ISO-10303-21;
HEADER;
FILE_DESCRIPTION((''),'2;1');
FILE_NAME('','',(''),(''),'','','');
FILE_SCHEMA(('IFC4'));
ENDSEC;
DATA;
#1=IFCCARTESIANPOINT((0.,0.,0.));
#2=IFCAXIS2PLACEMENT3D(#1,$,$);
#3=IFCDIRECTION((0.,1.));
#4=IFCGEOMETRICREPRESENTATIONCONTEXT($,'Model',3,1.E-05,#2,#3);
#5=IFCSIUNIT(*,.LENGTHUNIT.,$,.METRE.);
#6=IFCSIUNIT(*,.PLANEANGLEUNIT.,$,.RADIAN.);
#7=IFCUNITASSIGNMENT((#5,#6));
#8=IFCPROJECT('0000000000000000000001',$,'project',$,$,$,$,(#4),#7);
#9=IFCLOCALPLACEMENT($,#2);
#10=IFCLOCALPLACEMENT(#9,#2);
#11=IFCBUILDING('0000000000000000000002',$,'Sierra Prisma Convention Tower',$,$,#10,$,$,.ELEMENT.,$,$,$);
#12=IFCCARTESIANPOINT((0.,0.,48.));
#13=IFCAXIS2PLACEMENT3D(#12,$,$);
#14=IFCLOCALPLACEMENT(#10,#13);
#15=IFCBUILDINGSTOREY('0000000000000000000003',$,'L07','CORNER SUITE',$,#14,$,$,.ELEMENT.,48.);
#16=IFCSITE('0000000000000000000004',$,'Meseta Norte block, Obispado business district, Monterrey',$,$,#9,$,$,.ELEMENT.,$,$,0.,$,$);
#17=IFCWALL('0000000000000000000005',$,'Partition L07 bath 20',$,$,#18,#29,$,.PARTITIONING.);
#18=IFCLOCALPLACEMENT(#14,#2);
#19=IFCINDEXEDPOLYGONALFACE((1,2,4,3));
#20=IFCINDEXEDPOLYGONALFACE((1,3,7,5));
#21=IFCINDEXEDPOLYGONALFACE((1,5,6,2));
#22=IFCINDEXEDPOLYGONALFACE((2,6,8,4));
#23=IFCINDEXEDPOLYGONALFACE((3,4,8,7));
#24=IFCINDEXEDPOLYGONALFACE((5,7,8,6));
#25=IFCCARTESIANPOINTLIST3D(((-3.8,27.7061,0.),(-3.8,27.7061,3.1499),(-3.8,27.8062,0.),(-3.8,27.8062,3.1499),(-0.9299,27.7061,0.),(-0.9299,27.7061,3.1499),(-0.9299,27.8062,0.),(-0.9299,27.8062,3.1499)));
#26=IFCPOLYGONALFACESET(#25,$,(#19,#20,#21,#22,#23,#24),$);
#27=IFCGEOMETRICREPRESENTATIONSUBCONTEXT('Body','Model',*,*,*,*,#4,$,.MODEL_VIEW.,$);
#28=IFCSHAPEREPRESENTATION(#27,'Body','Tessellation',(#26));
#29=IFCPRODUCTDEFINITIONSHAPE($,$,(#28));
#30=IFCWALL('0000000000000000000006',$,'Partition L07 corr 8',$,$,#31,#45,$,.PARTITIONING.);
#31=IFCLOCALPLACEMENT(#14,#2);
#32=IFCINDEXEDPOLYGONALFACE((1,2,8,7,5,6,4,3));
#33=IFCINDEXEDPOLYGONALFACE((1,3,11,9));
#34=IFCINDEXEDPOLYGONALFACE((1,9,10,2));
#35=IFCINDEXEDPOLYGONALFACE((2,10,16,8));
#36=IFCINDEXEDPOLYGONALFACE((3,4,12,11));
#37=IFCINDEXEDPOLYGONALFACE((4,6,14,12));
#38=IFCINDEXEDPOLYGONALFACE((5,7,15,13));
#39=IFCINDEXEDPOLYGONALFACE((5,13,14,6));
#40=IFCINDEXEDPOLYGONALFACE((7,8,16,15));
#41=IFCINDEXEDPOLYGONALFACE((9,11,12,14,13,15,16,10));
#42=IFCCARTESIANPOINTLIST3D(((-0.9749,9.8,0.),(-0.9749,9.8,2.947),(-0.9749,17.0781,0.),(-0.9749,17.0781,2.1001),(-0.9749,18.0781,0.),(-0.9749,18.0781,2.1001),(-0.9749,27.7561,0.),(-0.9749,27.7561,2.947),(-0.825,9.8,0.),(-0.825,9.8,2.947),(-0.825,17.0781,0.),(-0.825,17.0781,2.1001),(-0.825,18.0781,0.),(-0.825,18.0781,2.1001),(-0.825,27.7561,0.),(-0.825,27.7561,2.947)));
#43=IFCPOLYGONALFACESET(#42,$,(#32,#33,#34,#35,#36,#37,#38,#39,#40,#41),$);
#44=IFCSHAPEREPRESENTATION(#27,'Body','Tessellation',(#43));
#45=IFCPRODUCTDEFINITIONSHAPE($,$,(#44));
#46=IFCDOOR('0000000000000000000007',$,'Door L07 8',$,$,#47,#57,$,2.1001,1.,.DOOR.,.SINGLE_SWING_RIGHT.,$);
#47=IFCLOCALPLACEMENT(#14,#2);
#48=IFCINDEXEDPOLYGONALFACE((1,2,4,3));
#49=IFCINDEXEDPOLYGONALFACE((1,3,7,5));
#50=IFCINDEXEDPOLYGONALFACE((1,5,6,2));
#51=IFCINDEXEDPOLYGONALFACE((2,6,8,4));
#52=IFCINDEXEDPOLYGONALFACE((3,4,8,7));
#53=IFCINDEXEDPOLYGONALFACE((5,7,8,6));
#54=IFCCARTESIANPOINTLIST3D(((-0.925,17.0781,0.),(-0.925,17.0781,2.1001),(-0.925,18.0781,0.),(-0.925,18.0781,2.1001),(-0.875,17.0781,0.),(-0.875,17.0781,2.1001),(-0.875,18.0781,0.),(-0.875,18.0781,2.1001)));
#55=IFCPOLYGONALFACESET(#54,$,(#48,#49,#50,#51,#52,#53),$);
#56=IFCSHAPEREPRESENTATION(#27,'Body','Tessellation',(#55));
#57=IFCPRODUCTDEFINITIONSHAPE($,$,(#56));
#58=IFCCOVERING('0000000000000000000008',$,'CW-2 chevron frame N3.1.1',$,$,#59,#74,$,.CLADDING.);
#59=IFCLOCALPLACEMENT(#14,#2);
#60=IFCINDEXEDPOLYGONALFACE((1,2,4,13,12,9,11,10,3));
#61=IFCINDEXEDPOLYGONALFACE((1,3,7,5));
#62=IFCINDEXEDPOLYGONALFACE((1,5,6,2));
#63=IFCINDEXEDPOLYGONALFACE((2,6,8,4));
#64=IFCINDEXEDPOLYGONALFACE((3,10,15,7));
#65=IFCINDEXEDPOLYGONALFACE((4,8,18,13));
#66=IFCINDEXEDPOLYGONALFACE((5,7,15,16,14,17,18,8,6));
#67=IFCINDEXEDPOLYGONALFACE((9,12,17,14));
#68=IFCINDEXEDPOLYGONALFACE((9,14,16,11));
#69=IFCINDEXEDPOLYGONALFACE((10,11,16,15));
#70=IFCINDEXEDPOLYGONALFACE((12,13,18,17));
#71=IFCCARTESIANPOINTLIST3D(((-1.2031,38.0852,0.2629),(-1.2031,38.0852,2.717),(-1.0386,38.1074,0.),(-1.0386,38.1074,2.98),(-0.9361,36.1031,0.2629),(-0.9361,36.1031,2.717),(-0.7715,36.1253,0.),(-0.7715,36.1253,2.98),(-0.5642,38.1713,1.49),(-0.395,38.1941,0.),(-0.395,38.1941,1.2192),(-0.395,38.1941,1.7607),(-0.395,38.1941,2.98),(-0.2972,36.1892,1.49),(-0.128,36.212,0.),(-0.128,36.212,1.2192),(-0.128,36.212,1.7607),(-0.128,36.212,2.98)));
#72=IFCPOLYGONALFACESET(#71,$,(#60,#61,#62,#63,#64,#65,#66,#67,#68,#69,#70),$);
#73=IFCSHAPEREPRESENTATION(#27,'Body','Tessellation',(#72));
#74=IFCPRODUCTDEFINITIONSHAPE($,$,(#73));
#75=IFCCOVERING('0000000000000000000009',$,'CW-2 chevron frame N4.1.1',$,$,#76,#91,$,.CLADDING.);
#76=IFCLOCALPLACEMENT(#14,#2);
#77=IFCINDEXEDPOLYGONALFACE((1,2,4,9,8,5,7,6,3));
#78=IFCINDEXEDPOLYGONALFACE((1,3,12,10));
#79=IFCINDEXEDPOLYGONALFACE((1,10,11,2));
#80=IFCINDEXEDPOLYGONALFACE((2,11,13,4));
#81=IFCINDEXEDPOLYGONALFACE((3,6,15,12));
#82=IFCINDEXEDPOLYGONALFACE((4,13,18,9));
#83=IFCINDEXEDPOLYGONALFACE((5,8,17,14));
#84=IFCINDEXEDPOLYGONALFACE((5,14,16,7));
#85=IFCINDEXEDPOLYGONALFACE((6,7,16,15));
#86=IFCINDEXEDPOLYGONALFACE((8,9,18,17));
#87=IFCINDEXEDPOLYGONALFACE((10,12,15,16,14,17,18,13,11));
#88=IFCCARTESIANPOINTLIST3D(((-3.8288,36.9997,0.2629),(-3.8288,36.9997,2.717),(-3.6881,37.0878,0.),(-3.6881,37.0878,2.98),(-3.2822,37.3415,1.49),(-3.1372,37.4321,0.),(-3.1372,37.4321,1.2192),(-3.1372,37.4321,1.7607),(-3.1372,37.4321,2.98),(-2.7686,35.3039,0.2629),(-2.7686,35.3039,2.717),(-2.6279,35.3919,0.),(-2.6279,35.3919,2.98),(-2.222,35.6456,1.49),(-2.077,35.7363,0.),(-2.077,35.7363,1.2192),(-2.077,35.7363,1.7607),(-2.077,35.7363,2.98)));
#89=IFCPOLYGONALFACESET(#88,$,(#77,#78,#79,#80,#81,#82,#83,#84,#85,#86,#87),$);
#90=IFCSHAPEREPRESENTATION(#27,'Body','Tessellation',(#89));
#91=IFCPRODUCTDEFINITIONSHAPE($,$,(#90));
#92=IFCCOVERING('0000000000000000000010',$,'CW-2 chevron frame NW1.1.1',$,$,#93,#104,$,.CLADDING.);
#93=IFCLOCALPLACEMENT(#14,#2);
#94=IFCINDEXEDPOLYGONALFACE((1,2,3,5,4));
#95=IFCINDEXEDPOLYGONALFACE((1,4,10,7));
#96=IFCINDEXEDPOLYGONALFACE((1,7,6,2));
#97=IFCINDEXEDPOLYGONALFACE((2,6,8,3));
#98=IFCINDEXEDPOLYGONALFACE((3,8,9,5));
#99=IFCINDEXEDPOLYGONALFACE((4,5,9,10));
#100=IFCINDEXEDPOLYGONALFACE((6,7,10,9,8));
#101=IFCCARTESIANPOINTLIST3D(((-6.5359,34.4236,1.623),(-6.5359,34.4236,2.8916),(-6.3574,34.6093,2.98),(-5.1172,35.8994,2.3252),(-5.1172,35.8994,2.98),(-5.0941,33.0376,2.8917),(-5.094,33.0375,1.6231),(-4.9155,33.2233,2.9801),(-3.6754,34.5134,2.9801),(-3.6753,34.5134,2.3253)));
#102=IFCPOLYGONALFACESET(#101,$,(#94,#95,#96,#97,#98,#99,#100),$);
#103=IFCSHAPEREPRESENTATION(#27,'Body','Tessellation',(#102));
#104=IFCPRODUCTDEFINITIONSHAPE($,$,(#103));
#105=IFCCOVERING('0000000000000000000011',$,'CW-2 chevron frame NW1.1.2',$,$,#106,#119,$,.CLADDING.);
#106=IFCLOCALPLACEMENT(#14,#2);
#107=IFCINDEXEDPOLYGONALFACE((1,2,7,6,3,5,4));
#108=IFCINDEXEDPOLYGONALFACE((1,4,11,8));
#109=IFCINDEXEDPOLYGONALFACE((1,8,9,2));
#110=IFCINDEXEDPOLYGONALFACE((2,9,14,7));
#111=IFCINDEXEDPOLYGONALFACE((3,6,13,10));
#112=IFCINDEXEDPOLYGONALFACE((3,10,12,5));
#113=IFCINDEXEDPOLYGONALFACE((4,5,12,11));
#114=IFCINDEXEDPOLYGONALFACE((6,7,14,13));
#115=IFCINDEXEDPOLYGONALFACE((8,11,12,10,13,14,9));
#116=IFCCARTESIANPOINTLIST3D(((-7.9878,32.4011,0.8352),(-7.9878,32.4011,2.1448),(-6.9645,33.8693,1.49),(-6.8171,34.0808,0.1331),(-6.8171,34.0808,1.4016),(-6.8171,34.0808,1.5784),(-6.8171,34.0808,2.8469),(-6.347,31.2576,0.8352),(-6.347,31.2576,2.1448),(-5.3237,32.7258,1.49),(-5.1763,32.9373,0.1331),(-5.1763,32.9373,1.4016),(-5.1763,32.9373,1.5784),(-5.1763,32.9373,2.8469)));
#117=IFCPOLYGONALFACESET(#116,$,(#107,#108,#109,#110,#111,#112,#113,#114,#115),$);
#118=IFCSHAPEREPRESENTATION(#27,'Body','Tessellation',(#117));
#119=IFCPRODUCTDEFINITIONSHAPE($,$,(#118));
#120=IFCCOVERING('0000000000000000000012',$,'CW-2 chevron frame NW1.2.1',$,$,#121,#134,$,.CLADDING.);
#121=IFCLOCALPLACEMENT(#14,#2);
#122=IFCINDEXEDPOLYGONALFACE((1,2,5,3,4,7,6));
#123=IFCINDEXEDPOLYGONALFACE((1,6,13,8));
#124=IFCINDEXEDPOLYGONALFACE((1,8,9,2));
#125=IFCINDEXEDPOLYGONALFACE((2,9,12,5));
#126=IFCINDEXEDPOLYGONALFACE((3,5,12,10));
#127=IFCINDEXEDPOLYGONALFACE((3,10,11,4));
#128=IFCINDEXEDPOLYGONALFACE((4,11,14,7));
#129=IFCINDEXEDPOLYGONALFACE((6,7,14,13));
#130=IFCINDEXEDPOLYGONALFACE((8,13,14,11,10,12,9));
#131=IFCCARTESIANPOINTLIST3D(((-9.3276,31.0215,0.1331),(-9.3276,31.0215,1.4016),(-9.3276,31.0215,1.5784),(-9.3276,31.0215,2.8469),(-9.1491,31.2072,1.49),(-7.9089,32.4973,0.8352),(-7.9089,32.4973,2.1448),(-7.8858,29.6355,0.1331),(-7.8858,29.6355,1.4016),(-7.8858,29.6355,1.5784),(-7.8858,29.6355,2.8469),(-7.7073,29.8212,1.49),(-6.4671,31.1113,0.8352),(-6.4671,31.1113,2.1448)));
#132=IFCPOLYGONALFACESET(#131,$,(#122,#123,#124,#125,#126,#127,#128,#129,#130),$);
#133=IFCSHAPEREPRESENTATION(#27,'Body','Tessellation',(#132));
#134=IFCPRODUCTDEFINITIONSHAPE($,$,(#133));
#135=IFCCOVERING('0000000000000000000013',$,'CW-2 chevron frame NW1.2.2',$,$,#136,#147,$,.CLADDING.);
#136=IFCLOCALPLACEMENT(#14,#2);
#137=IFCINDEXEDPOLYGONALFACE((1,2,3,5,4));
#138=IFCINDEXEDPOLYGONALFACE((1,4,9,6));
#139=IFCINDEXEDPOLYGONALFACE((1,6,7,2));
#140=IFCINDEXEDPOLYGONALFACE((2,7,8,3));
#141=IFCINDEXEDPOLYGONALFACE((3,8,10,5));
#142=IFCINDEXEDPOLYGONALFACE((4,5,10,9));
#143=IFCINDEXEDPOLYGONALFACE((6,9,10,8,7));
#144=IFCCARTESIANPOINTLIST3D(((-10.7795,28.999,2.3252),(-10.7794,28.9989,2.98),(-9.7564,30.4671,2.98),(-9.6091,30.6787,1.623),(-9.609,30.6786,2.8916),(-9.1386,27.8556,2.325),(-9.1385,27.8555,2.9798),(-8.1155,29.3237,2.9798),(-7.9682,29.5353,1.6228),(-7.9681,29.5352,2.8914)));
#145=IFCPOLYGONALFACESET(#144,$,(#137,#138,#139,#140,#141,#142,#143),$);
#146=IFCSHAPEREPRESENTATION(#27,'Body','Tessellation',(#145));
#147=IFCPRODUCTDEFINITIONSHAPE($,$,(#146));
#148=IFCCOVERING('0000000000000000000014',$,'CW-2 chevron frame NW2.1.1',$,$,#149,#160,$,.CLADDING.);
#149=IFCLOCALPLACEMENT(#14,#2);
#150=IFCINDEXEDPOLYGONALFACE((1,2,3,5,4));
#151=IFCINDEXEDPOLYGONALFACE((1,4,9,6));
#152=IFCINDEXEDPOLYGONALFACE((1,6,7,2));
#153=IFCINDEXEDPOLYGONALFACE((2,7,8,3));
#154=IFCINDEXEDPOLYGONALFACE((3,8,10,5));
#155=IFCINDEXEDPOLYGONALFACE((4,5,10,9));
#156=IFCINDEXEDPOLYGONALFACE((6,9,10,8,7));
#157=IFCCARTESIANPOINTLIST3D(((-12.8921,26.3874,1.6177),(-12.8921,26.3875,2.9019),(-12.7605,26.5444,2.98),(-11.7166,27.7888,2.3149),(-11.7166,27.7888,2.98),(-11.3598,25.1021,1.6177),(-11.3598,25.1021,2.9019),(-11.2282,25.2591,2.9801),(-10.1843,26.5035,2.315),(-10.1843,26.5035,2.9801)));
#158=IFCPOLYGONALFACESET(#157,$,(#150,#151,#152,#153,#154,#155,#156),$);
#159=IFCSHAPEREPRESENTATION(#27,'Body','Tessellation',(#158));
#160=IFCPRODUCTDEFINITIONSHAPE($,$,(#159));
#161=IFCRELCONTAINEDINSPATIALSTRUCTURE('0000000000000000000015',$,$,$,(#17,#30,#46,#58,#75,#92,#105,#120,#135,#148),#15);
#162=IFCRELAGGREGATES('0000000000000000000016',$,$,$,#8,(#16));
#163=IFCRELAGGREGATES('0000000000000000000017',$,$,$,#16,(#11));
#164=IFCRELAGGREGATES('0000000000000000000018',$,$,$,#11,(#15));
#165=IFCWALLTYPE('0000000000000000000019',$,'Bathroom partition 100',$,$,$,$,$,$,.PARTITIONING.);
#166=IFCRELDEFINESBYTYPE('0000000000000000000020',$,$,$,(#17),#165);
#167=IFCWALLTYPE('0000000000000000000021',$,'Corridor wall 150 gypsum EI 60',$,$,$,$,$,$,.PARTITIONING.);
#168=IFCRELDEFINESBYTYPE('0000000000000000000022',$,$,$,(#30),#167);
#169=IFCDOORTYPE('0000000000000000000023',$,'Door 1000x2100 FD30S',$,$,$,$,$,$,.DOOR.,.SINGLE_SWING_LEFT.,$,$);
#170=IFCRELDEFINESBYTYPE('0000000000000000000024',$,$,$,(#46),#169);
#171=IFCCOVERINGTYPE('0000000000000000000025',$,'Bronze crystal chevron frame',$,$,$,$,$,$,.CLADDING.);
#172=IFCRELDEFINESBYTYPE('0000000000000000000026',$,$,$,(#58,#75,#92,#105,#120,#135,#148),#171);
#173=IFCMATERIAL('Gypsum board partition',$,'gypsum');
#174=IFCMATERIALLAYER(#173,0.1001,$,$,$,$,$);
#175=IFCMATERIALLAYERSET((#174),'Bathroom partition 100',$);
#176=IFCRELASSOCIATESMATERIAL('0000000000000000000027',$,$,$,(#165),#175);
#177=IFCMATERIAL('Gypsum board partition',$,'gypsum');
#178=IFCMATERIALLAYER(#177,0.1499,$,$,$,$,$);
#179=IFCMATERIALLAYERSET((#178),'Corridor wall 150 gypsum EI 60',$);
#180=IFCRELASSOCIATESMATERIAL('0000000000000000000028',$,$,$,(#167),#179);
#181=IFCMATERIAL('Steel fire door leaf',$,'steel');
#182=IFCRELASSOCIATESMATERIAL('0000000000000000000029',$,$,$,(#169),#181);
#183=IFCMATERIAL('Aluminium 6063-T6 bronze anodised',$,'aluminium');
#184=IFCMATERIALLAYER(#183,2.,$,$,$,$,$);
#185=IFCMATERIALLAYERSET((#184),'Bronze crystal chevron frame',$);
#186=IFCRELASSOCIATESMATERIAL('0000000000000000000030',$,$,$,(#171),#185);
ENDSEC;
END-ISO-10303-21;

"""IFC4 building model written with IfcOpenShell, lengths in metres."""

from ifc_helpers import new_model, si_unit, direction, frame, frame_2d, origin, place, context, subcontext, project, spatial, polyline, rectangle, outline, extrude, material, layer, layer_set, type_object, element, fill, save


model = new_model("IFC4")

# Units and contexts
model_context = context("Model", 3, precision=1e-05, world=origin(), true_north=direction((0.0, 1.0)))
body_context = subcontext(model_context, "Body", "Model", "MODEL_VIEW")
ifc_project = project(units=[si_unit("LENGTHUNIT", "METRE"), si_unit("PLANEANGLEUNIT", "RADIAN")], contexts=[model_context])

# Site, building, storey
site_placement = place(None, origin())
site = spatial("IfcSite", under=ifc_project, at=site_placement, Name="Meseta Norte block, Obispado business district, Monterrey", CompositionType="ELEMENT", RefElevation=0.0)
building_placement = place(site_placement, origin())
building = spatial("IfcBuilding", under=site, at=building_placement, Name="Sierra Prisma Convention Tower", CompositionType="ELEMENT")
storey_placement = place(building_placement, frame((0.0, 0.0, 48.0)))
storey = spatial("IfcBuildingStorey", under=building, at=storey_placement, Name="L07", Description="CORNER SUITE", CompositionType="ELEMENT", Elevation=48.0)

# Wall
ifc_material_1 = material(Name="Gypsum board partition", Category="gypsum")
ifc_layer_1 = layer(ifc_material_1, 0.1001)
ifc_layer_set_1 = layer_set([ifc_layer_1], Name="Bathroom partition 100")
wall_type_1 = type_object("IfcWallType", Name="Bathroom partition 100", PredefinedType="PARTITIONING", material=ifc_layer_set_1)
wall_1_placement = place(storey_placement, frame((-3.8, 27.7561, 0.0), z_axis=(0.0, 0.0, 1.0), x_axis=(1.0, 0.0, 0.0)))
element("IfcWall", 1, at=wall_1_placement, inside=storey, type_object=wall_type_1, Name="Partition L07 bath 20", PredefinedType="PARTITIONING", context=body_context, shape_type="SweptSolid", body=[
    extrude(rectangle(XDim=2.8701, YDim=0.1001, at=frame_2d((1.4351, 0.0))), origin(), (0.0, 0.0, 1.0), 3.1499),
])

# Wall, opening, door
ifc_material_2 = material(Name="Gypsum board partition", Category="gypsum")
ifc_layer_2 = layer(ifc_material_2, 0.1499)
ifc_layer_set_2 = layer_set([ifc_layer_2], Name="Corridor wall 150 gypsum EI 60")
wall_type_2 = type_object("IfcWallType", Name="Corridor wall 150 gypsum EI 60", PredefinedType="PARTITIONING", material=ifc_layer_set_2)
wall_2_placement = place(storey_placement, frame((-0.8999, 27.7561, 0.0), z_axis=(0.0, 0.0, 1.0), x_axis=(0.0, -1.0, 0.0)))
wall_2 = element("IfcWall", 2, at=wall_2_placement, inside=storey, type_object=wall_type_2, Name="Partition L07 corr 8", PredefinedType="PARTITIONING", context=body_context, shape_type="SweptSolid", body=[
    extrude(rectangle(XDim=17.9561, YDim=0.1499, at=frame_2d((8.978, 0.0))), origin(), (0.0, 0.0, 1.0), 2.947),
])
opening_placement = place(wall_2_placement, frame((9.678, 0.0, 0.0)))
opening = element("IfcOpeningElement", 3, at=opening_placement, cuts=wall_2, PredefinedType="OPENING", context=body_context, shape_type="SweptSolid", body=[
    extrude(rectangle(XDim=1.0, YDim=2.1001, at=frame_2d((0.5, 1.05))), frame((0.0, 0.075, 0.0), z_axis=(0.0, -1.0, 0.0), x_axis=(1.0, 0.0, 0.0)), (0.0, 0.0, 1.0), 0.1499),
])
ifc_material_3 = material(Name="Steel fire door leaf", Category="steel")
door_type = type_object("IfcDoorType", Name="Door 1000x2100 FD30S", OperationType="SINGLE_SWING_LEFT", PredefinedType="DOOR", material=ifc_material_3)
door_placement = place(opening_placement, origin())
door = element("IfcDoor", 4, at=door_placement, inside=storey, type_object=door_type, Name="Door L07 8", OperationType="SINGLE_SWING_RIGHT", OverallHeight=2.1001, OverallWidth=1.0, PredefinedType="DOOR", context=body_context, shape_type="SweptSolid", body=[
    extrude(rectangle(XDim=1.0, YDim=2.1001, at=frame_2d((0.5, 1.05))), frame((0.0, 0.0249, 0.0), z_axis=(0.0, -1.0, 0.0), x_axis=(1.0, 0.0, 0.0)), (0.0, 0.0, 1.0), 0.05),
])
fill(opening, door)

# Coverings
ifc_material_4 = material(Name="Aluminium 6063-T6 bronze anodised", Category="aluminium")
ifc_layer_3 = layer(ifc_material_4, 2.0)
ifc_layer_set_3 = layer_set([ifc_layer_3], Name="Bronze crystal chevron frame")
covering_type = type_object("IfcCoveringType", Name="Bronze crystal chevron frame", PredefinedType="CLADDING", material=ifc_layer_set_3)
covering_1_placement = place(storey_placement, frame((-0.395, 38.1941, 0.0), z_axis=(-0.133514, 0.991047, 0.0), x_axis=(-0.991047, -0.133514, 0.0)))
element("IfcCovering", 5, at=covering_1_placement, inside=storey, type_object=covering_type, Name="CW-2 chevron frame N3.1.1", PredefinedType="CLADDING", context=body_context, shape_type="SweptSolid", body=[
    extrude(outline(polyline([(0.0, 0.0), (0.6494, 0.0), (0.8154, 0.2629), (0.8154, 2.717), (0.6494, 2.98), (0.0, 2.98), (0.0, 1.7607), (0.1707, 1.49), (0.0, 1.2192), (0.0, 0.0)])), origin(), (0.0, 0.0, -1.0), 2.0),
])
covering_2_placement = place(storey_placement, frame((-3.1372, 37.4321, 0.0), z_axis=(-0.5301, 0.847935, 0.0), x_axis=(-0.847935, -0.5301, 0.0)))
element("IfcCovering", 6, at=covering_2_placement, inside=storey, type_object=covering_type, Name="CW-2 chevron frame N4.1.1", PredefinedType="CLADDING", context=body_context, shape_type="SweptSolid", body=[
    extrude(outline(polyline([(0.0, 0.0), (0.6496, 0.0), (0.8157, 0.2629), (0.8157, 2.717), (0.6496, 2.98), (0.0, 2.98), (0.0, 1.7607), (0.171, 1.49), (0.0, 1.2192), (0.0, 0.0)])), origin(), (0.0, 0.0, -1.0), 2.0),
])
covering_3_placement = place(storey_placement, frame((-5.1172, 35.8994, 2.3252), z_axis=(-0.720921, 0.693017, -0.000048), x_axis=(-0.655519, -0.681935, -0.324437)))
element("IfcCovering", 7, at=covering_3_placement, inside=storey, type_object=covering_type, Name="CW-2 chevron frame NW1.1.1", PredefinedType="CLADDING", context=body_context, shape_type="SweptSolid", body=[
    extrude(outline(polyline([(0.0, 0.0), (2.1642, 0.0), (1.7526, 1.1999), (1.4803, 1.2), (-0.2124, 0.6194), (0.0, 0.0)])), origin(), (0.0, 0.0, -1.0), 2.0),
])
covering_4_placement = place(storey_placement, frame((-6.8171, 34.0808, 1.4016), z_axis=(-0.820408, 0.571779, 0.0), x_axis=(0.0, 0.0, -1.0)))
element("IfcCovering", 8, at=covering_4_placement, inside=storey, type_object=covering_type, Name="CW-2 chevron frame NW1.1.2", PredefinedType="CLADDING", context=body_context, shape_type="SweptSolid", body=[
    extrude(outline(polyline([(0.0, 0.0), (1.2686, 0.0), (0.5664, 2.0474), (-0.7432, 2.0474), (-1.4453, 0.0), (-0.1768, 0.0), (-0.0884, 0.2578), (0.0, 0.0)])), origin(), (0.0, 0.0, -1.0), 2.0),
])
covering_5_placement = place(storey_placement, frame((-7.9089, 32.4973, 0.8352), z_axis=(-0.720921, 0.693017, 0.0), x_axis=(-0.65553, -0.681925, -0.324437)))
element("IfcCovering", 9, at=covering_5_placement, inside=storey, type_object=covering_type, Name="CW-2 chevron frame NW1.2.1", PredefinedType="CLADDING", context=body_context, shape_type="SweptSolid", body=[
    extrude(outline(polyline([(0.0, 0.0), (2.1642, 0.0), (1.7526, 1.1999), (1.4803, 1.2), (1.6953, 1.3671), (1.2837, 2.5671), (-0.4249, 1.2387), (0.0, 0.0)])), origin(), (0.0, 0.0, -1.0), 2.0),
])
covering_6_placement = place(storey_placement, frame((-9.6091, 30.6787, 1.623), z_axis=(-0.82046, 0.571704, 0.000113), x_axis=(-0.540752, -0.776104, 0.324422)))
element("IfcCovering", 10, at=covering_6_placement, inside=storey, type_object=covering_type, Name="CW-2 chevron frame NW1.2.2", PredefinedType="CLADDING", context=body_context, shape_type="SweptSolid", body=[
    extrude(outline(polyline([(0.0, 0.0), (2.1643, 0.0), (2.3767, 0.6194), (0.6841, 1.1999), (0.4115, 1.1999), (0.0, 0.0)])), origin(), (0.0, 0.0, -1.0), 2.0),
])
covering_7_placement = place(storey_placement, frame((-11.7166, 27.7888, 2.3149), z_axis=(-0.766138, 0.642677, -0.000035), x_axis=(-0.600514, -0.715895, -0.356198)))
element("IfcCovering", 11, at=covering_7_placement, inside=storey, type_object=covering_type, Name="CW-2 chevron frame NW2.1.1", PredefinedType="CLADDING", context=body_context, shape_type="SweptSolid", body=[
    extrude(outline(polyline([(0.0, 0.0), (1.9575, 0.0), (1.5001, 1.2), (1.2809, 1.2), (-0.2369, 0.6214), (0.0, 0.0)])), origin(), (0.0, 0.0, -1.0), 2.0),
])

save(model, "model.ifc")
